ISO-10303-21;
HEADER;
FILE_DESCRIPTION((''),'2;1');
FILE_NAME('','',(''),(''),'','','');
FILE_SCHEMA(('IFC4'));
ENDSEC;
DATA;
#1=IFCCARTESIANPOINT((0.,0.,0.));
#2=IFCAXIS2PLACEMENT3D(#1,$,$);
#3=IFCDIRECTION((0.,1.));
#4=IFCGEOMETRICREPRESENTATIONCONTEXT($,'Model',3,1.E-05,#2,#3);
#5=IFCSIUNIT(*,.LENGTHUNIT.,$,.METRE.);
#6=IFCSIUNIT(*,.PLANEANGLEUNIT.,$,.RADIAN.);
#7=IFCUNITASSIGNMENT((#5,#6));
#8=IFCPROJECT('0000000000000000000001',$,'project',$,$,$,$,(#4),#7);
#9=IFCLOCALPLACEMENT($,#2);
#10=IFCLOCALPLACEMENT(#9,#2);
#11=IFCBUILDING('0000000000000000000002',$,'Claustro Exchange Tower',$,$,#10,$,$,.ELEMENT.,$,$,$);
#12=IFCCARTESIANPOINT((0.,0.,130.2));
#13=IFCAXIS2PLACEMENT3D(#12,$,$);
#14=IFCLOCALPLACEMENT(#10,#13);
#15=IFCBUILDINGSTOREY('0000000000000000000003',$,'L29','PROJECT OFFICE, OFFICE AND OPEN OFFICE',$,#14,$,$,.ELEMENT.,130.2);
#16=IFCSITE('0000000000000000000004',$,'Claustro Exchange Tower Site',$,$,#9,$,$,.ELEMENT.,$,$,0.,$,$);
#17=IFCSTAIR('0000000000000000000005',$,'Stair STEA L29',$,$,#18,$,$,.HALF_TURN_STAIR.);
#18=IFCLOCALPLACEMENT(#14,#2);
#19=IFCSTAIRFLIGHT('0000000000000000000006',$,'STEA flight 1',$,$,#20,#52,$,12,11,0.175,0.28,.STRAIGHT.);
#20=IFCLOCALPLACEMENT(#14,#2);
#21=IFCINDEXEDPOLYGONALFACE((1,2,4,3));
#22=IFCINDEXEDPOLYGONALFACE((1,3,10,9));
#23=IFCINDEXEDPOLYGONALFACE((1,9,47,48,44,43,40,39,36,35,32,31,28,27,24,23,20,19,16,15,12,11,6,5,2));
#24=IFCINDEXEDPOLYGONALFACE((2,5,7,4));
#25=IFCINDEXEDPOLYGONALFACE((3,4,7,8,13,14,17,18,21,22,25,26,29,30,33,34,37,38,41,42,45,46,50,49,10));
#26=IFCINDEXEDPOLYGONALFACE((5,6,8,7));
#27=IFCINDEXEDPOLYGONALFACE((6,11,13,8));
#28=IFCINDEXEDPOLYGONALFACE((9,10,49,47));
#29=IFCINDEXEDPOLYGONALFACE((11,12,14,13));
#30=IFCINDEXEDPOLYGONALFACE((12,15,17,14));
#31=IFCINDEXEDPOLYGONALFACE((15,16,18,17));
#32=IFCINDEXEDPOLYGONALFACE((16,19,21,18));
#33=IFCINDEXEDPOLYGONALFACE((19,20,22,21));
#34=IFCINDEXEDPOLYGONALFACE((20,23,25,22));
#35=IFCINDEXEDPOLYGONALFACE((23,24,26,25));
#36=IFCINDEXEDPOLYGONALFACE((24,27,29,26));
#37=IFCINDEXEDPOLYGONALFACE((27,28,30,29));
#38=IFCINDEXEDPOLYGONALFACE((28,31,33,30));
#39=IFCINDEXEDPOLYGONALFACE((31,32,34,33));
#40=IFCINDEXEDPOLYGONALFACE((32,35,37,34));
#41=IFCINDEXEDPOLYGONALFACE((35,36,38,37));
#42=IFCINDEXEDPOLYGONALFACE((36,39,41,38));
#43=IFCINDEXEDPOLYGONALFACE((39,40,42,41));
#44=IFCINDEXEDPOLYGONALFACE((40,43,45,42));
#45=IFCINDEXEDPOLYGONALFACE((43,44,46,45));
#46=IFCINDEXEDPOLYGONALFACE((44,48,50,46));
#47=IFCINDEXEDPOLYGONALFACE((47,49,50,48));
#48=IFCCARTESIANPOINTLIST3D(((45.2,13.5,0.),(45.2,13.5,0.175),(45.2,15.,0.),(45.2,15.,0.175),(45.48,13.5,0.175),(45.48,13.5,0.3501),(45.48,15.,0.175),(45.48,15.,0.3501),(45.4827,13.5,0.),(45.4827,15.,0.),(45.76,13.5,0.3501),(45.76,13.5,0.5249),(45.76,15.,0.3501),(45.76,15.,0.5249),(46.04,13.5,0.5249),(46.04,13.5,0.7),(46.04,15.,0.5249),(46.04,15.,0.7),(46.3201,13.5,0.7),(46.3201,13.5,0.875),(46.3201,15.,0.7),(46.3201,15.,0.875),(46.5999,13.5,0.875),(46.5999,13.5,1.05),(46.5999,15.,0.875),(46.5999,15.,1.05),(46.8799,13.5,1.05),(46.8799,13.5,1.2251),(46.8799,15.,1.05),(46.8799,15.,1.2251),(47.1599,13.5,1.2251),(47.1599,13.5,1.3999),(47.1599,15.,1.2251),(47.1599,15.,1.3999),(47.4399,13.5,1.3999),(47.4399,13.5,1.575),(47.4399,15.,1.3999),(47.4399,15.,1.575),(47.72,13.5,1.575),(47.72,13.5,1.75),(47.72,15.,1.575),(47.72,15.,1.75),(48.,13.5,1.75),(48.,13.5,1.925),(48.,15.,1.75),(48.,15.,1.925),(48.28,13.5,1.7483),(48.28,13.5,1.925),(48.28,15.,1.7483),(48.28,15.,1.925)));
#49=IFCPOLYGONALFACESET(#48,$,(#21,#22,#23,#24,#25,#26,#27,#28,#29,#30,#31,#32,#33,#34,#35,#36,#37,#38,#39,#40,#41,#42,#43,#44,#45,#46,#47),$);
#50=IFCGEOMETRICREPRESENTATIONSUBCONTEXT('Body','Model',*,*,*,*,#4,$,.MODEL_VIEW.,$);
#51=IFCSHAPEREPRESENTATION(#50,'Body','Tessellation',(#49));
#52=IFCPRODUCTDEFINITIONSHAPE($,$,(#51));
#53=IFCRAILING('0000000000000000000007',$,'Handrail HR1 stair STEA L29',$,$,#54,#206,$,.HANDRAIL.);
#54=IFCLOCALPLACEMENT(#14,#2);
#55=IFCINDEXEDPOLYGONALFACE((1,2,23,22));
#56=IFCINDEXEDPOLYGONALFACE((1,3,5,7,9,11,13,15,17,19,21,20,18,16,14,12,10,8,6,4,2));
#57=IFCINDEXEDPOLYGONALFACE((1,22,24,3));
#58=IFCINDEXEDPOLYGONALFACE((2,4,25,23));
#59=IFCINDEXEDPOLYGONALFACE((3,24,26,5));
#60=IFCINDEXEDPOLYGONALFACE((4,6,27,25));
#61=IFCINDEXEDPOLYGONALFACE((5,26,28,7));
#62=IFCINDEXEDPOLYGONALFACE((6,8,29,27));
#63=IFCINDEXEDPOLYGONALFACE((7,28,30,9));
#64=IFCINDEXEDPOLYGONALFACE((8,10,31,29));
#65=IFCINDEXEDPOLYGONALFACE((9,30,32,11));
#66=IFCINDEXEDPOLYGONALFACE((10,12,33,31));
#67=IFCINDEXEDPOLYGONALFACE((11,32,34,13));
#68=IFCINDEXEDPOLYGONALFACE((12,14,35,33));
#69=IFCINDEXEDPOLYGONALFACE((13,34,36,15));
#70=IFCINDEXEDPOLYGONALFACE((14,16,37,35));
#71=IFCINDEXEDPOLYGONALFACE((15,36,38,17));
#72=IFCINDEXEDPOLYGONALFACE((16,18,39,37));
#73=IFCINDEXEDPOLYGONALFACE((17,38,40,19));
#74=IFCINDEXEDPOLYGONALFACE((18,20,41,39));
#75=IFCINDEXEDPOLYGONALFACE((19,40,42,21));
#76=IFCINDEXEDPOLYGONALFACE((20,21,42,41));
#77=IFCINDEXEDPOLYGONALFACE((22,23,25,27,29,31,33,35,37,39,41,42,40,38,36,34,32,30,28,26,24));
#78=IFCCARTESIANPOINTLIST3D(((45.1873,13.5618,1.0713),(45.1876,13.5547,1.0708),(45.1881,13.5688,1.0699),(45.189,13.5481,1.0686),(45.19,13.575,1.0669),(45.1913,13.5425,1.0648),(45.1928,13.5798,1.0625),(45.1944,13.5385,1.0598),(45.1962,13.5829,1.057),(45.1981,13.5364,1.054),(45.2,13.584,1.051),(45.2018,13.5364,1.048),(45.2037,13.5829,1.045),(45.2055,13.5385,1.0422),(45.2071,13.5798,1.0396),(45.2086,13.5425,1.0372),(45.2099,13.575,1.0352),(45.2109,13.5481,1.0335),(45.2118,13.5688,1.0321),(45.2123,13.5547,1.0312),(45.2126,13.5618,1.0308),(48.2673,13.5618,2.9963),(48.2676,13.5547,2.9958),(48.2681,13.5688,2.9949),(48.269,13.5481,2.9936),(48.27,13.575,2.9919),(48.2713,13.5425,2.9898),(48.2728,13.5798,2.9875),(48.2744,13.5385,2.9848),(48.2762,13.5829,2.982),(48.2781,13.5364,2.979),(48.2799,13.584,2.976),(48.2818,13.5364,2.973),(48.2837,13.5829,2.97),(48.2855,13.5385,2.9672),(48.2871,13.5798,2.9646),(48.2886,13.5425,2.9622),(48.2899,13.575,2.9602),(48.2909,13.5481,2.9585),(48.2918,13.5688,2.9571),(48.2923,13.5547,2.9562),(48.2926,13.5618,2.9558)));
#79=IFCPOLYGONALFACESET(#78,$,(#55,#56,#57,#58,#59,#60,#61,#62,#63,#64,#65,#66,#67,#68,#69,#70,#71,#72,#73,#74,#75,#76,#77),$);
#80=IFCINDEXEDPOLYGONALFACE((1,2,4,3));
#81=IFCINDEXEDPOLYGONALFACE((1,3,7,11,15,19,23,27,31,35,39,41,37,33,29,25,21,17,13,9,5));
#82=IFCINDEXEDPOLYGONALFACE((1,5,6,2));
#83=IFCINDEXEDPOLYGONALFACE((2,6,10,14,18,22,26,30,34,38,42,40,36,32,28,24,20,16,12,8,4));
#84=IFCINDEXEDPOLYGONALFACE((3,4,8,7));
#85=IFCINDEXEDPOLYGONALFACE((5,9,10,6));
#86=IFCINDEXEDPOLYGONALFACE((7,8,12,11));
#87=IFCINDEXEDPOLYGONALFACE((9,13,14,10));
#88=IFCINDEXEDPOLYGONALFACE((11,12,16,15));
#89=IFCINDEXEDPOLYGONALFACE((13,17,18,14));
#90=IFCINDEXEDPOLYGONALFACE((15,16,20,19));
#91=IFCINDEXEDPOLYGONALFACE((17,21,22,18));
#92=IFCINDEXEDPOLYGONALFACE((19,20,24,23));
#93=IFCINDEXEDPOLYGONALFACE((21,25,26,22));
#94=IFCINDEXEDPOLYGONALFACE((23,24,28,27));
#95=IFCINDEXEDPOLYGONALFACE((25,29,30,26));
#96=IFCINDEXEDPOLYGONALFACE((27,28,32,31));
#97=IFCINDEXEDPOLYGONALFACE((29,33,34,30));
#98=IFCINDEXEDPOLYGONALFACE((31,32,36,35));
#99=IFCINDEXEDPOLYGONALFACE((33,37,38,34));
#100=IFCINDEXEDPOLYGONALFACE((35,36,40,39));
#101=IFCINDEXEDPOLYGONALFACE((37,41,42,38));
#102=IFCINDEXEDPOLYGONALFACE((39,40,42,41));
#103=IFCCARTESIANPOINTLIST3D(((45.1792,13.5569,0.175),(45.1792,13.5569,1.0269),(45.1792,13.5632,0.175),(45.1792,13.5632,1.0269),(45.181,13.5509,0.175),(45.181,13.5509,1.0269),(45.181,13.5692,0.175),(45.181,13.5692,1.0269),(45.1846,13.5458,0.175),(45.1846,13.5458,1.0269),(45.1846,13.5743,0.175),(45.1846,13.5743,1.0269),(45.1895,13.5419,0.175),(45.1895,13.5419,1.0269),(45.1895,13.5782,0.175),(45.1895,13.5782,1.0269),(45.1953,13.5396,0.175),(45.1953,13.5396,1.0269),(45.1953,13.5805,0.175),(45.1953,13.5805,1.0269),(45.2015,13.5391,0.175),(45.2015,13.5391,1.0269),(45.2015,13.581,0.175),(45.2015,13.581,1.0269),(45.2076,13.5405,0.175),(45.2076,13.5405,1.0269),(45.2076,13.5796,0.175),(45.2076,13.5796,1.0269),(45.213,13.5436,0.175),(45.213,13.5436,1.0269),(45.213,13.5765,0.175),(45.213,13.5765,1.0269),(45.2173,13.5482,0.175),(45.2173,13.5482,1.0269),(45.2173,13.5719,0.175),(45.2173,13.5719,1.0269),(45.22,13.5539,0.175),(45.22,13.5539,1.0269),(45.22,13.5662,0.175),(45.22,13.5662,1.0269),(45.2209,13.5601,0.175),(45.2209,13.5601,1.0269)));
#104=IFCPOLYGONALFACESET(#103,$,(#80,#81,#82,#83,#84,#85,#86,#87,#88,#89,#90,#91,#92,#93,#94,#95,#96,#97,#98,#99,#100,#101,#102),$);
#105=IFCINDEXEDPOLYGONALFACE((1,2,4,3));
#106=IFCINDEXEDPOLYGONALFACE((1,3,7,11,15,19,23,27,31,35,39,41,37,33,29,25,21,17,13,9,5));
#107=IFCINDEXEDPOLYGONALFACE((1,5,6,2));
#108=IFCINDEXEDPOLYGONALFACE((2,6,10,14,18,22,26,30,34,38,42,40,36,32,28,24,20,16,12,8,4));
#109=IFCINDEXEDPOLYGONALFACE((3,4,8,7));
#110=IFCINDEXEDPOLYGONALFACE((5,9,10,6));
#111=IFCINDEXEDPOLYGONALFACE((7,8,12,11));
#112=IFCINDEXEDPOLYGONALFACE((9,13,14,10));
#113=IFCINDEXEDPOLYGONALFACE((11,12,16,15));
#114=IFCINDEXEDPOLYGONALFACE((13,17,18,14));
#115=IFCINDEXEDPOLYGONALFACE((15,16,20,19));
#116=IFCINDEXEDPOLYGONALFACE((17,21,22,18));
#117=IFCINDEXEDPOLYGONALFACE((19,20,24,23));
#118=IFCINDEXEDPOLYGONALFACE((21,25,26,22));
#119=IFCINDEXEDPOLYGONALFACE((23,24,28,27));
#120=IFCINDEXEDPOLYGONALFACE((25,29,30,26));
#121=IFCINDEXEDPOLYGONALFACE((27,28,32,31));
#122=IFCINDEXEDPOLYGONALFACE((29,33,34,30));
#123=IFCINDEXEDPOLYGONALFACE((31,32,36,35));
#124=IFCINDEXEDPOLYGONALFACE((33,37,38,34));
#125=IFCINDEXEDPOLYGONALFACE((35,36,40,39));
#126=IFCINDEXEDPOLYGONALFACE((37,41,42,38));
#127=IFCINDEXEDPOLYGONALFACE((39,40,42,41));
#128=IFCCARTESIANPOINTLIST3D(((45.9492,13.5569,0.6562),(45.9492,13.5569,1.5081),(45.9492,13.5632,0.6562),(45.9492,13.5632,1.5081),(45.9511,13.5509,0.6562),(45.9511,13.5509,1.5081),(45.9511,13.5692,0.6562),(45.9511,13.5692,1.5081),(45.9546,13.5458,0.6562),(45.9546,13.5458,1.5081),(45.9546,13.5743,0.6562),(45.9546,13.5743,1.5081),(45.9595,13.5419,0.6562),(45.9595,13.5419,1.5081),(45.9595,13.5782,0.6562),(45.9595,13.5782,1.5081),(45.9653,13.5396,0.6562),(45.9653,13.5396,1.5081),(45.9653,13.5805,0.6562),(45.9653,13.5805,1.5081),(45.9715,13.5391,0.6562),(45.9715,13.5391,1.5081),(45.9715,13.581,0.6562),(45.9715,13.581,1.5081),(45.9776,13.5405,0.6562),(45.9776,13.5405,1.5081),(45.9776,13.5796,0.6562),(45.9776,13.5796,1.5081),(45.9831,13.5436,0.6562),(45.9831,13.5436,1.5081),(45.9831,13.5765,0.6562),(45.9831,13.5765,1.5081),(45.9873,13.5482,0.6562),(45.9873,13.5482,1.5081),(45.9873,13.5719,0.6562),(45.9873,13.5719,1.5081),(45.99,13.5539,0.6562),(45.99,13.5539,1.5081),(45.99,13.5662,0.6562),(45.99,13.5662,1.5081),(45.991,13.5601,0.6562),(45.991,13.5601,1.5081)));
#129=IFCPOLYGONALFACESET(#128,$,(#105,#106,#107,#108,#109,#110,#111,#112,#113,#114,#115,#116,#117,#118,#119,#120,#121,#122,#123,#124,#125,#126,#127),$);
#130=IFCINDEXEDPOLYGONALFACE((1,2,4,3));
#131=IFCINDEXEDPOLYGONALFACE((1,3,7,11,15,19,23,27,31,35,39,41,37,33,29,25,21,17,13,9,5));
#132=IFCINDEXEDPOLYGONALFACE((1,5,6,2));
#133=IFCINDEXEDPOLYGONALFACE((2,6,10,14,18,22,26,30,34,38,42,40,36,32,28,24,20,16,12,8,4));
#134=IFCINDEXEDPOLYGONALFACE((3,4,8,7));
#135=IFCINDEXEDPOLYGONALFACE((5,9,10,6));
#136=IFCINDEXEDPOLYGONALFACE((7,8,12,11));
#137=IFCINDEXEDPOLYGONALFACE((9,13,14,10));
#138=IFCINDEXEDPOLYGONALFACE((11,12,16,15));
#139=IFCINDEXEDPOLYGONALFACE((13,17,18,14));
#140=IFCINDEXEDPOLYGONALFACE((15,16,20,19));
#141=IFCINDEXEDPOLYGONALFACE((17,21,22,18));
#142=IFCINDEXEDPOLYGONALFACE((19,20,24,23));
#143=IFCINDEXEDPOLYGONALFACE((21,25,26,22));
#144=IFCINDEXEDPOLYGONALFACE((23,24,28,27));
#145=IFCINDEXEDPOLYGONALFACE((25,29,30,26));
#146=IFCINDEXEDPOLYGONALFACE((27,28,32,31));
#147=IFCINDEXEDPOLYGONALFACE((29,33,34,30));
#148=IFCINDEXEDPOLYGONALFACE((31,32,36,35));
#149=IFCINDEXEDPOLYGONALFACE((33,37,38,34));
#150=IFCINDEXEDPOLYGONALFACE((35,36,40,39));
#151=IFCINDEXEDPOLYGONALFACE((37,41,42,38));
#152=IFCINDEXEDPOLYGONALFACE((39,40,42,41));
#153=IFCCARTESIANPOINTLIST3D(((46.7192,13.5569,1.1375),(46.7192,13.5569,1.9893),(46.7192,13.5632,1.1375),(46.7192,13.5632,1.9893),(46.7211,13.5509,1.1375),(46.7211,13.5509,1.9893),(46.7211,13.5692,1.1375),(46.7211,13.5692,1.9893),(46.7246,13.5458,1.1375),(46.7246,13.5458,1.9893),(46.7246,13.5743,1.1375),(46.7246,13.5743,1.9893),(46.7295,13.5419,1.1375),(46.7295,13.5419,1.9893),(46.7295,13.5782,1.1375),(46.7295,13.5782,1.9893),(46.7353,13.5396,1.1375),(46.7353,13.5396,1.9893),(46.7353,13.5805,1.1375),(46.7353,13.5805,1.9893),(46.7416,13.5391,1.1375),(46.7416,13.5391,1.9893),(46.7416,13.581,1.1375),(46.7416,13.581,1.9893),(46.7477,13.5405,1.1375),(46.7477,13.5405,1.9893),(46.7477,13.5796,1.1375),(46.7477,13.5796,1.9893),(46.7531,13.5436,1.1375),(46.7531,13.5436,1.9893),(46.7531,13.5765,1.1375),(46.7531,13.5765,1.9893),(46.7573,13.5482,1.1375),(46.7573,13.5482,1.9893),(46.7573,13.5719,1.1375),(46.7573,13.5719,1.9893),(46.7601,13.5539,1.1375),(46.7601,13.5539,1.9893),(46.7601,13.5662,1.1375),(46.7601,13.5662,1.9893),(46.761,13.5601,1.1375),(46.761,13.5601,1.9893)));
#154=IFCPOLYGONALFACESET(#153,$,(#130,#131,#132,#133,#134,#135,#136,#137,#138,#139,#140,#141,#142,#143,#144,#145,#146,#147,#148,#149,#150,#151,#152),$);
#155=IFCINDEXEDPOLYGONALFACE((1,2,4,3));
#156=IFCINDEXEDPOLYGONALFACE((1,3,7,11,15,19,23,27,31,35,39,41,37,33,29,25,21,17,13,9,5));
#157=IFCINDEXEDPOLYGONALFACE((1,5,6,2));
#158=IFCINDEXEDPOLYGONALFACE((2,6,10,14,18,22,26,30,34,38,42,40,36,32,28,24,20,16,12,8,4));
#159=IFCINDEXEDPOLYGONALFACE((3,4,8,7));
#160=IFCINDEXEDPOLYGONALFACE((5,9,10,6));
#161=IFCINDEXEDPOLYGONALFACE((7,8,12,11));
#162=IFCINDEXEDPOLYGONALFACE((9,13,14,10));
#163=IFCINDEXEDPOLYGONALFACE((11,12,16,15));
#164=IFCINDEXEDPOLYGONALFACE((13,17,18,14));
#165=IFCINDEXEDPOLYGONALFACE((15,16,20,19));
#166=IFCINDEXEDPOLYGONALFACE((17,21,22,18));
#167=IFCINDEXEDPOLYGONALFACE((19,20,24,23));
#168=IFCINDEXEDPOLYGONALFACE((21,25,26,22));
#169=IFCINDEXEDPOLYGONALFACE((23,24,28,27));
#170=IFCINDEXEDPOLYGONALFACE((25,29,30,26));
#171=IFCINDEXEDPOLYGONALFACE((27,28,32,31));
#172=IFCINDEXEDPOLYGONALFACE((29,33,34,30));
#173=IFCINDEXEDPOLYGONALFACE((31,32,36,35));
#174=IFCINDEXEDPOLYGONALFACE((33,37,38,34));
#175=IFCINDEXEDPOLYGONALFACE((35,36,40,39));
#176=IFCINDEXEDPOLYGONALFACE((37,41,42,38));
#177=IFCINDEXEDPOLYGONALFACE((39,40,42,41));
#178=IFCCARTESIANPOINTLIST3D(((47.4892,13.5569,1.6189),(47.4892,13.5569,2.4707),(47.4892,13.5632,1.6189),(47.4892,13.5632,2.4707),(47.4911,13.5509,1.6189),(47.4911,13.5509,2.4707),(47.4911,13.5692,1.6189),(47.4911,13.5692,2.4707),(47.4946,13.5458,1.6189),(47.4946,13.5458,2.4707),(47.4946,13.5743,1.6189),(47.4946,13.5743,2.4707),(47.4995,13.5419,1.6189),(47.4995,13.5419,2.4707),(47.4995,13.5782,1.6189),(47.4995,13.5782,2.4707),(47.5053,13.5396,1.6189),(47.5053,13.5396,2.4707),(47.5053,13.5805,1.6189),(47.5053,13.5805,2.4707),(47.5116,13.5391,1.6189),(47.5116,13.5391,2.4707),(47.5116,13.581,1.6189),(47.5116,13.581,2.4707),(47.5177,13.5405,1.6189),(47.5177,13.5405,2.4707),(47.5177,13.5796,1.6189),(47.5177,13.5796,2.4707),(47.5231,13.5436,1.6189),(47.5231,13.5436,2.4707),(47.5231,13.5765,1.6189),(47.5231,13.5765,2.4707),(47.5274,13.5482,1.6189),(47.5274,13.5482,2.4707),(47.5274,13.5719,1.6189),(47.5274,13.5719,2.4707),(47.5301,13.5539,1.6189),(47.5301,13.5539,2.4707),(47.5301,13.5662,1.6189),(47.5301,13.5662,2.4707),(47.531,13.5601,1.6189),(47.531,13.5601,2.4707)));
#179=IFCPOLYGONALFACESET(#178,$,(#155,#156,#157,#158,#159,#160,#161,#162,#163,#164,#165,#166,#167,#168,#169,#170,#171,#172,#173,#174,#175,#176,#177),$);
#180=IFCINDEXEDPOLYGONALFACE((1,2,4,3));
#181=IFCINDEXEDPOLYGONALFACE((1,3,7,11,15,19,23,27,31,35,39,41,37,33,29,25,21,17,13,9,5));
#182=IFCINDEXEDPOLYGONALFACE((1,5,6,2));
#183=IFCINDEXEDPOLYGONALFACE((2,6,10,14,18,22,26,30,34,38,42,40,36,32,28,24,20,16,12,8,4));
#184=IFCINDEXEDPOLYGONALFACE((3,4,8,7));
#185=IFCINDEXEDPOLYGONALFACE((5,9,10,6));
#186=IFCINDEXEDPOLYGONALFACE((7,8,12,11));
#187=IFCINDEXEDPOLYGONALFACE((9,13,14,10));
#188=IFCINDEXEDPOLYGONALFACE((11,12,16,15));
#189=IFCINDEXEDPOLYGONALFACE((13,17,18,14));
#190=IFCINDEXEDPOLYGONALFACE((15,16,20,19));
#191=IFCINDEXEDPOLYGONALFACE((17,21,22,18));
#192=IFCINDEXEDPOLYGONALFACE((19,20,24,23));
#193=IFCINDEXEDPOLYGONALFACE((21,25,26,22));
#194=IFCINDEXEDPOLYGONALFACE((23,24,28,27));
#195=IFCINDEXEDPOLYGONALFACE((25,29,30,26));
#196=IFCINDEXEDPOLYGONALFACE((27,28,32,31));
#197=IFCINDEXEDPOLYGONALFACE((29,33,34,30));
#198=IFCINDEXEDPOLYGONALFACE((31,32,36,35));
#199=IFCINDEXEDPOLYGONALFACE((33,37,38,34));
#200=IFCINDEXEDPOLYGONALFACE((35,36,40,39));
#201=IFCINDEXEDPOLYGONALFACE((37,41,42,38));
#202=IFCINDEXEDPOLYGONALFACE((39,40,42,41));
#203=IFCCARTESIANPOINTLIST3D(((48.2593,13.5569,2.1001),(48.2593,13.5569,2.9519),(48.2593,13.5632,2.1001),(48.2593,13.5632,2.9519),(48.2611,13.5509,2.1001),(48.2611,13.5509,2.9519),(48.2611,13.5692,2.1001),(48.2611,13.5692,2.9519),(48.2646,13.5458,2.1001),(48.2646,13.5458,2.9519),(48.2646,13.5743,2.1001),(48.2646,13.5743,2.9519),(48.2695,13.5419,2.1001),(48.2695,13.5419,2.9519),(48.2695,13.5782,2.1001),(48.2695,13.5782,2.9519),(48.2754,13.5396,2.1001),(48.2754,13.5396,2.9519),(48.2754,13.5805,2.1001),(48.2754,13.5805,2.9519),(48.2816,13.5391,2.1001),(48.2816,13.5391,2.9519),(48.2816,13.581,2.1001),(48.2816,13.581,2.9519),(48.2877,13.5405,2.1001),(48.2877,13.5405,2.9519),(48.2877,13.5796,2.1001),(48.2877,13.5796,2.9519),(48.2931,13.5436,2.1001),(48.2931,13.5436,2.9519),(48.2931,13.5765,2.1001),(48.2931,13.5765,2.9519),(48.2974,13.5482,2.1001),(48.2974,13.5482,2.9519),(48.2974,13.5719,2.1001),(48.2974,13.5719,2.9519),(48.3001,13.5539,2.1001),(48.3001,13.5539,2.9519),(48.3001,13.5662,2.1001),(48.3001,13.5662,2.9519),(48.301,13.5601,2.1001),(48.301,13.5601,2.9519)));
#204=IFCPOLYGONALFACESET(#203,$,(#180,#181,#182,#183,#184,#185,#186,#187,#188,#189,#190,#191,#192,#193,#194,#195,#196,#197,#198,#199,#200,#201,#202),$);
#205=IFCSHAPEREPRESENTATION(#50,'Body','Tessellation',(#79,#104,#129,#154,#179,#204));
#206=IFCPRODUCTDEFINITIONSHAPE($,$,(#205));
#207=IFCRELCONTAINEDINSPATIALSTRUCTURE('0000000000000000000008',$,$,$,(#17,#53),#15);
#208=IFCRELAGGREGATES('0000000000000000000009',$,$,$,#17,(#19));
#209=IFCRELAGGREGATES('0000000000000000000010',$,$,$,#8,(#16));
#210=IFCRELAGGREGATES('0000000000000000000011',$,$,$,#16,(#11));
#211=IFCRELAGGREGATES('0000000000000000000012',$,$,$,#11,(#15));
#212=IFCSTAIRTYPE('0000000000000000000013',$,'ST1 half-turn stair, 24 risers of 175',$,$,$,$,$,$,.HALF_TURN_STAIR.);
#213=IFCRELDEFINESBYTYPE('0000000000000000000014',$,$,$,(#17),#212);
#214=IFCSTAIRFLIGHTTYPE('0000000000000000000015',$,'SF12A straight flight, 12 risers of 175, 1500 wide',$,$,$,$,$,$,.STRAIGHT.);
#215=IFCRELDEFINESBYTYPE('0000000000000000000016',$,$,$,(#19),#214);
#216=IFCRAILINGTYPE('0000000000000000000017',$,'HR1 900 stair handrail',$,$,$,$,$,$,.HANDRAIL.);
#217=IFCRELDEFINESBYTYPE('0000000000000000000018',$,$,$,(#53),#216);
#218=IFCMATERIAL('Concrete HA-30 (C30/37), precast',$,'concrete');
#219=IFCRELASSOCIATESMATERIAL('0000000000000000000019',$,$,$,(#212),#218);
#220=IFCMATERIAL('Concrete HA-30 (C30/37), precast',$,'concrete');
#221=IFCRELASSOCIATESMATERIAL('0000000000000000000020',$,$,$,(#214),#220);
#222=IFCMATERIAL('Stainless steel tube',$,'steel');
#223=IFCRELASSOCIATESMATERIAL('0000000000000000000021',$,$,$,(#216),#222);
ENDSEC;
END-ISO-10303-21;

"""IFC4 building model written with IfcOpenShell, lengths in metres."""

from ifc_helpers import new_model, si_unit, direction, frame, origin, origin_2d, place, context, subcontext, project, spatial, polyline, circle, outline, extrude, material, type_object, element, aggregate, save


model = new_model("IFC4")

# Units and contexts
model_context = context("Model", 3, precision=1e-05, world=origin(), true_north=direction((0.0, 1.0)))
body_context = subcontext(model_context, "Body", "Model", "MODEL_VIEW")
ifc_project = project(units=[si_unit("LENGTHUNIT", "METRE"), si_unit("PLANEANGLEUNIT", "RADIAN")], contexts=[model_context])

# Site, building, storey
site_placement = place(None, origin())
site = spatial("IfcSite", under=ifc_project, at=site_placement, Name="Claustro Exchange Tower Site", CompositionType="ELEMENT", RefElevation=0.0)
building_placement = place(site_placement, origin())
building = spatial("IfcBuilding", under=site, at=building_placement, Name="Claustro Exchange Tower", CompositionType="ELEMENT")
storey_placement = place(building_placement, frame((0.0, 0.0, 130.2)))
storey = spatial("IfcBuildingStorey", under=building, at=storey_placement, Name="L29", Description="PROJECT OFFICE, OFFICE AND OPEN OFFICE", CompositionType="ELEMENT", Elevation=130.2)

# Stair, stair flight
ifc_material_1 = material(Name="Concrete HA-30 (C30/37), precast", Category="concrete")
stair_type = type_object("IfcStairType", Name="ST1 half-turn stair, 24 risers of 175", PredefinedType="HALF_TURN_STAIR", material=ifc_material_1)
stair_placement = place(storey_placement, origin())
stair = element("IfcStair", 1, at=stair_placement, inside=storey, type_object=stair_type, Name="Stair STEA L29", PredefinedType="HALF_TURN_STAIR")
ifc_material_2 = material(Name="Concrete HA-30 (C30/37), precast", Category="concrete")
stair_flight_type = type_object("IfcStairFlightType", Name="SF12A straight flight, 12 risers of 175, 1500 wide", PredefinedType="STRAIGHT", material=ifc_material_2)
stair_flight_placement = place(storey_placement, frame((45.2, 14.25, 0.0), z_axis=(0.0, 0.0, 1.0), x_axis=(1.0, 0.0, 0.0)))
stair_flight = element("IfcStairFlight", 2, at=stair_flight_placement, type_object=stair_flight_type, Name="STEA flight 1", NumberOfRisers=12, NumberOfTreads=11, PredefinedType="STRAIGHT", RiserHeight=0.175, TreadLength=0.28, context=body_context, shape_type="SweptSolid", body=[
    extrude(outline(polyline([(0.0, 0.0), (0.0, 0.175), (0.28, 0.175), (0.28, 0.3501), (0.5601, 0.3501), (0.5601, 0.5249), (0.8401, 0.5249), (0.8401, 0.7), (1.1201, 0.7), (1.1201, 0.875), (1.3999, 0.875), (1.3999, 1.05), (1.6799, 1.05), (1.6799, 1.2251), (1.96, 1.2251), (1.96, 1.3999), (2.24, 1.3999), (2.24, 1.575), (2.52, 1.575), (2.52, 1.75), (2.8, 1.75), (2.8, 1.925), (3.0801, 1.925), (3.0801, 2.1001), (3.0801, 1.7483), (0.2827, 0.0), (0.0, 0.0)])), frame((0.0, 0.75, 0.0), z_axis=(0.0, -1.0, 0.0), x_axis=(1.0, 0.0, 0.0)), (0.0, 0.0, 1.0), 1.5),
])
aggregate(stair, [stair_flight])

# Railing
ifc_material_3 = material(Name="Stainless steel tube", Category="steel")
railing_type_1 = type_object("IfcRailingType", Name="HR1 900 stair handrail", PredefinedType="HANDRAIL", material=ifc_material_3)
railing_1_placement = place(storey_placement, frame((45.2, 13.5601, 0.175)))
element("IfcRailing", 3, at=railing_1_placement, inside=storey, type_object=railing_type_1, Name="Handrail HR1 stair STEA L29", PredefinedType="HANDRAIL", context=body_context, shape_type="SweptSolid", body=[
    extrude(circle(Radius=0.0239, at=origin_2d()), frame((0.0, 0.0, 0.876), z_axis=(0.847998, 0.0, 0.529999), x_axis=(0.0, 1.0, 0.0)), (0.0, 0.0, 1.0), 3.6321),
    extrude(circle(Radius=0.021, at=origin_2d()), origin(), (0.0, 0.0, 1.0), 0.8518),
    extrude(circle(Radius=0.021, at=origin_2d()), frame((0.77, 0.0, 0.4812)), (0.0, 0.0, 1.0), 0.8518),
    extrude(circle(Radius=0.021, at=origin_2d()), frame((1.54, 0.0, 0.9624)), (0.0, 0.0, 1.0), 0.8518),
    extrude(circle(Radius=0.021, at=origin_2d()), frame((2.3101, 0.0, 1.4438)), (0.0, 0.0, 1.0), 0.8518),
    extrude(circle(Radius=0.021, at=origin_2d()), frame((3.0801, 0.0, 1.925)), (0.0, 0.0, 1.0), 0.8518),
])

save(model, "model.ifc")
